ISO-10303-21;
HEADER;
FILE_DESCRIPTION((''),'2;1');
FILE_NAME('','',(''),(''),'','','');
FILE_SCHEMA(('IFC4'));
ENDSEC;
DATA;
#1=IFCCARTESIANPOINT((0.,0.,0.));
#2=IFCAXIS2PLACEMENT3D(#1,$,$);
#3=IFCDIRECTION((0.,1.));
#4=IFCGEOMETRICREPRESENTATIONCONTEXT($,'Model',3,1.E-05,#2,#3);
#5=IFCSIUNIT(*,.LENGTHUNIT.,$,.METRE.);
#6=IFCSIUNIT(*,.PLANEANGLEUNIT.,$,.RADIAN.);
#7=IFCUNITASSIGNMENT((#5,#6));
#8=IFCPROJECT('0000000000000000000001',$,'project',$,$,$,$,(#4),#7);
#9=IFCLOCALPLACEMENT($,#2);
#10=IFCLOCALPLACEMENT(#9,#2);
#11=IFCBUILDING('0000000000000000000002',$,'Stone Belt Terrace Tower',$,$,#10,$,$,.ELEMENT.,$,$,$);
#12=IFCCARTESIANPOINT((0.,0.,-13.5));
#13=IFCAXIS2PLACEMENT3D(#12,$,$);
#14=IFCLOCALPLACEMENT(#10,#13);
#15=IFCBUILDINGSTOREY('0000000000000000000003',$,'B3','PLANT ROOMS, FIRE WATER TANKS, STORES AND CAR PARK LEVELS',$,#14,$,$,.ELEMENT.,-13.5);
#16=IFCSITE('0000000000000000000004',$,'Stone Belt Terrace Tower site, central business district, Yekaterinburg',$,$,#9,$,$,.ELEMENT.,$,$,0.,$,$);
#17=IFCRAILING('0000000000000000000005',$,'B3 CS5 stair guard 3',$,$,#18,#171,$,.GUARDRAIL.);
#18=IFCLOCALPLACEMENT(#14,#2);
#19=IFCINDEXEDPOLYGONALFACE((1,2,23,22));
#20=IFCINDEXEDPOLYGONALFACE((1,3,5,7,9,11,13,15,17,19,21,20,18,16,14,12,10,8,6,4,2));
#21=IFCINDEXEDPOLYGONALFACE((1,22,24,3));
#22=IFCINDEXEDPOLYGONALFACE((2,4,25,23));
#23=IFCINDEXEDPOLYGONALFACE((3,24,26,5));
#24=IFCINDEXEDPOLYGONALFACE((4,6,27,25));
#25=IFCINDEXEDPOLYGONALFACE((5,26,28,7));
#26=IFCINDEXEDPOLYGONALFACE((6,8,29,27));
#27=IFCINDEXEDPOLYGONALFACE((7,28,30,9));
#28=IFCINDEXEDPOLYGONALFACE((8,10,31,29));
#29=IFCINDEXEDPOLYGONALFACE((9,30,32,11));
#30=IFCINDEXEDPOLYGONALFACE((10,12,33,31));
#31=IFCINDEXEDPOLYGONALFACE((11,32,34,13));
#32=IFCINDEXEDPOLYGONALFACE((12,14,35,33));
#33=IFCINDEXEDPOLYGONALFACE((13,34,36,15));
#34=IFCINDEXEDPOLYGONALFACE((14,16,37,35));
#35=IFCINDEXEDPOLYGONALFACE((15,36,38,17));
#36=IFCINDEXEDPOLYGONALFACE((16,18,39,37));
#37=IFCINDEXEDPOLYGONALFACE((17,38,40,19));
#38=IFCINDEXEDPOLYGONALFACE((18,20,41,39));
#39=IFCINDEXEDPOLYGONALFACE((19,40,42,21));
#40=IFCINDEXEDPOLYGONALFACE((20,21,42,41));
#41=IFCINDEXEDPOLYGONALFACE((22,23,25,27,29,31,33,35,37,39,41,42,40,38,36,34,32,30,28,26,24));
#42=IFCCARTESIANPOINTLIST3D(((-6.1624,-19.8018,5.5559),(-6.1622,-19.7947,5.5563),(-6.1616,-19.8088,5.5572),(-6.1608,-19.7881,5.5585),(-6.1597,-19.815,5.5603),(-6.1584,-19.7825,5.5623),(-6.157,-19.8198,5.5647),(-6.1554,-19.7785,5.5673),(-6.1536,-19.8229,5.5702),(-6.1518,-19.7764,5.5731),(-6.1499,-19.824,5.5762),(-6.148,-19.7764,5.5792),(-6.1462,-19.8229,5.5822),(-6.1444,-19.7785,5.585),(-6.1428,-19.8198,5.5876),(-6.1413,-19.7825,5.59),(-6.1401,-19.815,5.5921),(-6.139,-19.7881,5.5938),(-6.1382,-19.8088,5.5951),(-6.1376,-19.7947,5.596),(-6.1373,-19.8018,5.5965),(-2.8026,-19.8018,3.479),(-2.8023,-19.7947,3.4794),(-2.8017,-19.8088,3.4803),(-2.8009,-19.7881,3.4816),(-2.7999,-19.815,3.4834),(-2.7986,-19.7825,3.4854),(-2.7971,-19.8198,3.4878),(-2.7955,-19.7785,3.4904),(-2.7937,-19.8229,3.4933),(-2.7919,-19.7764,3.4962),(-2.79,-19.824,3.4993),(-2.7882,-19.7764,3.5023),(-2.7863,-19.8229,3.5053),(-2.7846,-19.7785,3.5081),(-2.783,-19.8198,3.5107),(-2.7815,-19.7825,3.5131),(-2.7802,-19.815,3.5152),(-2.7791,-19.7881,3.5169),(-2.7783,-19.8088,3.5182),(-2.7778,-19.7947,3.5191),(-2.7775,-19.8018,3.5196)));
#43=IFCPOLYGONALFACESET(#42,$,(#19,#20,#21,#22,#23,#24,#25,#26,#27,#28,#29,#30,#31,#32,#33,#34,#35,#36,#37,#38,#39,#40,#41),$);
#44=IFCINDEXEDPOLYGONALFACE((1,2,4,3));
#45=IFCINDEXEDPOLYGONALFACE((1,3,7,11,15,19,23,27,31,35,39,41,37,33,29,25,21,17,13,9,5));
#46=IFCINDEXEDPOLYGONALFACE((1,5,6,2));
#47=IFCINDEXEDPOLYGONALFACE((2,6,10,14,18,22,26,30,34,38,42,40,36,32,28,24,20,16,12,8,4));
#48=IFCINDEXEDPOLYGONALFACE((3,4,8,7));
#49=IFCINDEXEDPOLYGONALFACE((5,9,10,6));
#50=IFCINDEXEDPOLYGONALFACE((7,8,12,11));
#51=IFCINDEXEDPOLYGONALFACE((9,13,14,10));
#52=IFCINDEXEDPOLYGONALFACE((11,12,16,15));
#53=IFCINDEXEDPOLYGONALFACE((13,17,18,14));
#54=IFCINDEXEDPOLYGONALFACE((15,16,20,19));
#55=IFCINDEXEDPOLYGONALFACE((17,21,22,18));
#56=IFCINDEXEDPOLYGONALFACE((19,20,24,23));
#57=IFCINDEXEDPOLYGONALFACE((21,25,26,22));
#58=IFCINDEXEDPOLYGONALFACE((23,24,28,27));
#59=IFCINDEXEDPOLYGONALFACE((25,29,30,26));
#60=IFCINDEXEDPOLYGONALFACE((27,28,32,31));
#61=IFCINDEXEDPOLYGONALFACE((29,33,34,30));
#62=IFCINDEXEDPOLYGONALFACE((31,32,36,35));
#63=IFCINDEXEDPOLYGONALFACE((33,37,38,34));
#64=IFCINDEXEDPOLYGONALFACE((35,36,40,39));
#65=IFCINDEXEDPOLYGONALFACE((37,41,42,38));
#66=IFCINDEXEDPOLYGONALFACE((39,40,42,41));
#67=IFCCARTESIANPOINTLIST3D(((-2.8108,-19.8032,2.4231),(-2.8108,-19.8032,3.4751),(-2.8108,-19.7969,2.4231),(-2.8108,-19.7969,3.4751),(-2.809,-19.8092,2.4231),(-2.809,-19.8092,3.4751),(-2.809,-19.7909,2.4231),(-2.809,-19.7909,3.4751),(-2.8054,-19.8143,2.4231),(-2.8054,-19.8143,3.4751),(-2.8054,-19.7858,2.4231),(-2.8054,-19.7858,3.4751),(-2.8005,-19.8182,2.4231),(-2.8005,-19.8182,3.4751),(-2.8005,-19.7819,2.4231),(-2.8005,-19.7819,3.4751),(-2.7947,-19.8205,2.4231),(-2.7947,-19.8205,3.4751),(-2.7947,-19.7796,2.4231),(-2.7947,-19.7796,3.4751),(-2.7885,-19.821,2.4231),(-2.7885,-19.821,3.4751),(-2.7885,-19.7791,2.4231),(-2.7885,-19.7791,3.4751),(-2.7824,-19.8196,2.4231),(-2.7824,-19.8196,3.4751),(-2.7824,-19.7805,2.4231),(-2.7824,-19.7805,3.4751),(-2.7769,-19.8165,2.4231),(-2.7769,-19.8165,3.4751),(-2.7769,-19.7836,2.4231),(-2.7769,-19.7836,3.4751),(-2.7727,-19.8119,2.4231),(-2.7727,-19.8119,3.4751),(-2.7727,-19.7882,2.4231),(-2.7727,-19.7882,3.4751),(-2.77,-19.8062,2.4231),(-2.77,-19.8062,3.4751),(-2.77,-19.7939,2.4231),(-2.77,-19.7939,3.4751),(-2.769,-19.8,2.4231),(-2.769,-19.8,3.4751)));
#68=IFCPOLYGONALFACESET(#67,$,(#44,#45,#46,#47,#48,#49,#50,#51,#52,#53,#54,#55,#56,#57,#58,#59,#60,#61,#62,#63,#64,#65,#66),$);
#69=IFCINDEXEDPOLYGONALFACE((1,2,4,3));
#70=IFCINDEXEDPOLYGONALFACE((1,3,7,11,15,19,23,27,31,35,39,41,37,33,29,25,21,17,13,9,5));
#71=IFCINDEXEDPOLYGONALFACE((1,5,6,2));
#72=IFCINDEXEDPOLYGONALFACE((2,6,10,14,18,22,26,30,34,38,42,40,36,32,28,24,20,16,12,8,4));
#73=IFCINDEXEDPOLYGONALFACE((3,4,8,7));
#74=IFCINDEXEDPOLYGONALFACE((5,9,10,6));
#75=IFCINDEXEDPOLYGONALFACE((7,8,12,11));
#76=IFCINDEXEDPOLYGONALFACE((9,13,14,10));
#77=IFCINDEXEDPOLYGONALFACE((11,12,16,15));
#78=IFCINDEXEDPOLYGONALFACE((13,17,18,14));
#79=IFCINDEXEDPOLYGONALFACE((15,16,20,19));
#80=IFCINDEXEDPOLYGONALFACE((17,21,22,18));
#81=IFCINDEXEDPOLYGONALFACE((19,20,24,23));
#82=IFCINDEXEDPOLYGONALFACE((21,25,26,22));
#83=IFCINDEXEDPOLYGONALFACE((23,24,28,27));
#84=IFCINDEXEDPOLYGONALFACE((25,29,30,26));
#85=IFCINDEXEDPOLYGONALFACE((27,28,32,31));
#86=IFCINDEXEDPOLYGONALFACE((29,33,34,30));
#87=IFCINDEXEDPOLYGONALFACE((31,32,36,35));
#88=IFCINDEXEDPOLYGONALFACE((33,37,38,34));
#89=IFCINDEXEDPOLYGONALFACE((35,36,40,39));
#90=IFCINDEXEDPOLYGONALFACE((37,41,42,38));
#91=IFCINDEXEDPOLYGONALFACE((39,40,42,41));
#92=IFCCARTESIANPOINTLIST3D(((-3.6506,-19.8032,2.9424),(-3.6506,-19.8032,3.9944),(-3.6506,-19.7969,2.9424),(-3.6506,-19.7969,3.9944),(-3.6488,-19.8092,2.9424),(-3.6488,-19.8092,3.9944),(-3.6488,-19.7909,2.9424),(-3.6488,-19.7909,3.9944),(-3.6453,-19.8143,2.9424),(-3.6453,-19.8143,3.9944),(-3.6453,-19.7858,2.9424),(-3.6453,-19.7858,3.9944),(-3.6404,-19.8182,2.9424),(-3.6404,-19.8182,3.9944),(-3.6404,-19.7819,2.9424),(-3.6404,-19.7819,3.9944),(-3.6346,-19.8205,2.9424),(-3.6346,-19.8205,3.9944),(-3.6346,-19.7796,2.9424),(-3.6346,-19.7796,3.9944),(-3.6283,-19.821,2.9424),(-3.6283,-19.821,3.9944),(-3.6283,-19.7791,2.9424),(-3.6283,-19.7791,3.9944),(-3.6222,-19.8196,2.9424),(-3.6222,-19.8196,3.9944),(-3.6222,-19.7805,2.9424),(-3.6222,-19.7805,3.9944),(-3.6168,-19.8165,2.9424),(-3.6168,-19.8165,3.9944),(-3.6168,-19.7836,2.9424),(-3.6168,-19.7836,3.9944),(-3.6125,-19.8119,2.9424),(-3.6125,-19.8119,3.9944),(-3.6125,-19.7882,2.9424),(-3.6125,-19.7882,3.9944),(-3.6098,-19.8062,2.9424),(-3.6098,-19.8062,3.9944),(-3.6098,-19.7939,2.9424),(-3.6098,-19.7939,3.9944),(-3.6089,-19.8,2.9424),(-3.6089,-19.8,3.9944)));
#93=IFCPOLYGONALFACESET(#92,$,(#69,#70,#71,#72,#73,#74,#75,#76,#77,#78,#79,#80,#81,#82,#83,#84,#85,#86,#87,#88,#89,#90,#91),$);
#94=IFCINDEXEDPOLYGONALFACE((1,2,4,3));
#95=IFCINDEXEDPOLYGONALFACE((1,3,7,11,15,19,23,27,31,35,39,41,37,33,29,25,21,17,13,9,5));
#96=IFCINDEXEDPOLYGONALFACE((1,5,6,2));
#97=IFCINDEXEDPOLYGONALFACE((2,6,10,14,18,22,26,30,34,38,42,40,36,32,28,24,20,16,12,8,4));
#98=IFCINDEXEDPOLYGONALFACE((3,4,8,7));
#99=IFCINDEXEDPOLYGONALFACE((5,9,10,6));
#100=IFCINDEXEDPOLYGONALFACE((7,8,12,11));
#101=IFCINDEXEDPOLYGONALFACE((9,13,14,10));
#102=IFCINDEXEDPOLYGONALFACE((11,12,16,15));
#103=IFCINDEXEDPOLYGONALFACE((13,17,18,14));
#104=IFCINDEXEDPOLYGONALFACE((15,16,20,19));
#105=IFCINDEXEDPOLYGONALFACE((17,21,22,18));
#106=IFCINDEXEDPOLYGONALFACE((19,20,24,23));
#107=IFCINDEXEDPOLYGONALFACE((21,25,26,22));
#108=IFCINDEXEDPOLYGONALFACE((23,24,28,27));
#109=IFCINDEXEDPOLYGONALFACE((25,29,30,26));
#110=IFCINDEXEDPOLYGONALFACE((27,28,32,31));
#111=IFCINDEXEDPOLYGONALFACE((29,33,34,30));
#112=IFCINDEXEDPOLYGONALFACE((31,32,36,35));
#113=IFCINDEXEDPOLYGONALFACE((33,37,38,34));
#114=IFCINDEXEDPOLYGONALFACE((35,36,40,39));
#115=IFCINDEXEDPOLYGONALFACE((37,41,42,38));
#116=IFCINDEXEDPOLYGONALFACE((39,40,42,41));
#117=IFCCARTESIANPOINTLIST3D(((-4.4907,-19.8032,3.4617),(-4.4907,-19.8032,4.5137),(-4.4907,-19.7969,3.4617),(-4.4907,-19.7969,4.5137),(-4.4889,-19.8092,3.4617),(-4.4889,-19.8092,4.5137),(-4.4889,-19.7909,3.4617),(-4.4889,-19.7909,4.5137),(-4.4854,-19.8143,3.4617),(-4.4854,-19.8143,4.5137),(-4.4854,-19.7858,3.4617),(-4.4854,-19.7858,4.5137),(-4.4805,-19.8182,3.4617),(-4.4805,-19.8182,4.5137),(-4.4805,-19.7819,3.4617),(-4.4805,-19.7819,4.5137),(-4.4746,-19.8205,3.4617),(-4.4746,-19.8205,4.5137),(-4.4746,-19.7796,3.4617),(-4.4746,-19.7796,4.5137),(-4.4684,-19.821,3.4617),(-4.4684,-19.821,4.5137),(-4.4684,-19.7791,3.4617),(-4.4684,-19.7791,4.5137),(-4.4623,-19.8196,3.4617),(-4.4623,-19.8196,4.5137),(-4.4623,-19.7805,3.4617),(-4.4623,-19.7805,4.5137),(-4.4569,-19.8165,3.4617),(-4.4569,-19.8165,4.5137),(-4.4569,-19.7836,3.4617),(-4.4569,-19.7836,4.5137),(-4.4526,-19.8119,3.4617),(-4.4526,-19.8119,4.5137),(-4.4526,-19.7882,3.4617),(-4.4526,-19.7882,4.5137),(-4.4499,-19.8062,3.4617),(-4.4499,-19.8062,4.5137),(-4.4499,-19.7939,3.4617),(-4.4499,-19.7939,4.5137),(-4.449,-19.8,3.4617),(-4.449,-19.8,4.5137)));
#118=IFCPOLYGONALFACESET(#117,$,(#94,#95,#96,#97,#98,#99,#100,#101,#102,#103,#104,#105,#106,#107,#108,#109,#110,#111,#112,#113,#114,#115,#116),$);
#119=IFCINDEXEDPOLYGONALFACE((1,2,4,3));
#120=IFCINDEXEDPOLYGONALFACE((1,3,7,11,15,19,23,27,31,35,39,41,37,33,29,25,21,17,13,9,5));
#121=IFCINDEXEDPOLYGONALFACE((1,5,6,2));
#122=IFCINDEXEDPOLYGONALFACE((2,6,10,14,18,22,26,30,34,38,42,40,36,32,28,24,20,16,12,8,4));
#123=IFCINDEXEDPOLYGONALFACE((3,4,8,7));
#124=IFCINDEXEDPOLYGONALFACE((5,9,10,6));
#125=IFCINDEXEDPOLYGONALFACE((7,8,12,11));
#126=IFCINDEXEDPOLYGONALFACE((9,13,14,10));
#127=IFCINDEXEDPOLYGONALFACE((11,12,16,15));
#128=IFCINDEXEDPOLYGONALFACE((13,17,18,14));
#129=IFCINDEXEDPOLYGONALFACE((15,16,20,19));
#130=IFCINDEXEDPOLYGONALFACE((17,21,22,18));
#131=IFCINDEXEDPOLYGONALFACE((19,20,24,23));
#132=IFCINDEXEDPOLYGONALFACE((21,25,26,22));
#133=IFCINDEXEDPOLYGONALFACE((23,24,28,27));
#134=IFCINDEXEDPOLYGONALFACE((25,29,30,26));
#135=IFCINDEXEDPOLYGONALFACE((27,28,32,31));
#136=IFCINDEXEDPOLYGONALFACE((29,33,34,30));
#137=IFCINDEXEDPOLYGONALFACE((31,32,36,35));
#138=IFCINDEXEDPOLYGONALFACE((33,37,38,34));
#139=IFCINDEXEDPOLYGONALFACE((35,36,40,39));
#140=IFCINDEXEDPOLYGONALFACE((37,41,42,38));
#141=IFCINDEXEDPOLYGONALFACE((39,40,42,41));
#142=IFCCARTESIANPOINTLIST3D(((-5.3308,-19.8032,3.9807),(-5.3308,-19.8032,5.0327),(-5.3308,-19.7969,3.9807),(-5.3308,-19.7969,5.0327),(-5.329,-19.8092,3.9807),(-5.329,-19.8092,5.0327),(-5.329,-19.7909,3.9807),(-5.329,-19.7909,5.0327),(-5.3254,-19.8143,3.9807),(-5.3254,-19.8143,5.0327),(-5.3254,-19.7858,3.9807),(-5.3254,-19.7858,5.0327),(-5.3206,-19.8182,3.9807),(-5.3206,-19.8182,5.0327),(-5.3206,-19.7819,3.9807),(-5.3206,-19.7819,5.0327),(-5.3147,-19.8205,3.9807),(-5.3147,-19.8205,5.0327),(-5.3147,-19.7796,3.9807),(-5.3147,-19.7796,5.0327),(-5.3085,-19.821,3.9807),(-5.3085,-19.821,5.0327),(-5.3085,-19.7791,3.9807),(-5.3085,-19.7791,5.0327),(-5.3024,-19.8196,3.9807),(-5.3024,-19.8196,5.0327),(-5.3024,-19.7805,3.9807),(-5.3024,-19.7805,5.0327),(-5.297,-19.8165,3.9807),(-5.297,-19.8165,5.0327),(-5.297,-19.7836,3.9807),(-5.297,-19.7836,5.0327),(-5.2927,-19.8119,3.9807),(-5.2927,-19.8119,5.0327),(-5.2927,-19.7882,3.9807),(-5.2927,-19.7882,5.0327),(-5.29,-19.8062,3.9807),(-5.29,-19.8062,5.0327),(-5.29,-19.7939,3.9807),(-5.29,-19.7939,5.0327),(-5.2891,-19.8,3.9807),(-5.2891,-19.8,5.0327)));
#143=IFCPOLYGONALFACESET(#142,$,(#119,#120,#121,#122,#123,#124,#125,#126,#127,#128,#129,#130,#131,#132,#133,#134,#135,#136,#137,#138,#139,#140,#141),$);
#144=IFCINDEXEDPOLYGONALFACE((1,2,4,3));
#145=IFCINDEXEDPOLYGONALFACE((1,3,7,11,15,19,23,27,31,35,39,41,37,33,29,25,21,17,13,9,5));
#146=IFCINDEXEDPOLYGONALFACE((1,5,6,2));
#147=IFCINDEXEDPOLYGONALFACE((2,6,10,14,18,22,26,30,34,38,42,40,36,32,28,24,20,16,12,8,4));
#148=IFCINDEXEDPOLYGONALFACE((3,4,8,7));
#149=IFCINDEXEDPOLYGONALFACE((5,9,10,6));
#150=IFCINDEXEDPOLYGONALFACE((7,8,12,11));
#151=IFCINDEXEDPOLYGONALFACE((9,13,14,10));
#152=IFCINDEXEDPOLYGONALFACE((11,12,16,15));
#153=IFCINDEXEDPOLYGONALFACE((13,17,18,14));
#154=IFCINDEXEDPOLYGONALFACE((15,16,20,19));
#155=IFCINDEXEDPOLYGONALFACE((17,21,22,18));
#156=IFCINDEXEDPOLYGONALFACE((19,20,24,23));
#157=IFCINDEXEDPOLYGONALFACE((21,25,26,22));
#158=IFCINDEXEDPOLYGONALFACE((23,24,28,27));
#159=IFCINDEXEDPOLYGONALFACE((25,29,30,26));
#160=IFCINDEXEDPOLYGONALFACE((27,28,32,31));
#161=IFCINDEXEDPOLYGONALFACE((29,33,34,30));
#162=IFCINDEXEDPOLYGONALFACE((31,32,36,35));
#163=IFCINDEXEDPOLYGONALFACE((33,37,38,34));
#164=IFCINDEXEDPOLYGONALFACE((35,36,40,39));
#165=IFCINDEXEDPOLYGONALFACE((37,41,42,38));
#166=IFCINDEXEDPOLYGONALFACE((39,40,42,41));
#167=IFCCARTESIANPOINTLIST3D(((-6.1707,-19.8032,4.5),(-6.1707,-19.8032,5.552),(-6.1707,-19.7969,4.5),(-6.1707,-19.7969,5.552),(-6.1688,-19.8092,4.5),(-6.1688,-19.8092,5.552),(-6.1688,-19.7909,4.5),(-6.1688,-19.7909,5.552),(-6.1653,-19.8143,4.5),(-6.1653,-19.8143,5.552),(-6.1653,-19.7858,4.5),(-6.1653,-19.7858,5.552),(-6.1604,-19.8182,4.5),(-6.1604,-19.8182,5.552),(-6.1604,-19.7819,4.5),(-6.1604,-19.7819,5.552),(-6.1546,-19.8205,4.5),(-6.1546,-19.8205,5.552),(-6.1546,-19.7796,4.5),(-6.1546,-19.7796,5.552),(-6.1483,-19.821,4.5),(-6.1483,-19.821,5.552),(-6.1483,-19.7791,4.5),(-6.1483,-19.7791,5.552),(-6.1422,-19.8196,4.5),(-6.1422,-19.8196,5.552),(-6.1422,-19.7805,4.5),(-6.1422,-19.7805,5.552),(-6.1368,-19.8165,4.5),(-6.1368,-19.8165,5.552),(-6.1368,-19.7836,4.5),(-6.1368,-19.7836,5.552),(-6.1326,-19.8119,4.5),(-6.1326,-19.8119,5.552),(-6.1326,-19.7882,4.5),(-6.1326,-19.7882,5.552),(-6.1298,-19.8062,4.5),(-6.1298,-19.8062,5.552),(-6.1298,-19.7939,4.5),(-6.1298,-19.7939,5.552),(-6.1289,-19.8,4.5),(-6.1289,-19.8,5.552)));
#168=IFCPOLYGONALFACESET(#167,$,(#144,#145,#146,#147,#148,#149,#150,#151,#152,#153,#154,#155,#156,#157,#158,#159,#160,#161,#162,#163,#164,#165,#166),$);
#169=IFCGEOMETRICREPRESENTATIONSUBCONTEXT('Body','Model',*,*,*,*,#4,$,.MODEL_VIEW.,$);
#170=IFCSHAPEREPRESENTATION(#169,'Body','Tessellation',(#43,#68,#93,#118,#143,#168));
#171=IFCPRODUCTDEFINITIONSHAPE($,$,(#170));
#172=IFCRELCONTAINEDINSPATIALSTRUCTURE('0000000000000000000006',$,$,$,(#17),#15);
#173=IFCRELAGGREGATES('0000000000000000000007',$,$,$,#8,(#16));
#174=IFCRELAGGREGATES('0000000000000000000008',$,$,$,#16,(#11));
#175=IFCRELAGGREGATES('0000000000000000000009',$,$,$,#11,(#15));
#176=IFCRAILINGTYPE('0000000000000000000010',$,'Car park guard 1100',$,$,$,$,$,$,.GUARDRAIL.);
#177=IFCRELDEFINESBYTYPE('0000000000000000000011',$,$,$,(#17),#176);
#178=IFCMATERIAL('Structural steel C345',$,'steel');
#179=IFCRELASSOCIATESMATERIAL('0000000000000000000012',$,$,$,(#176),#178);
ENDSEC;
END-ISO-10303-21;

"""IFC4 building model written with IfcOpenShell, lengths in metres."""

from ifc_helpers import new_model, si_unit, direction, frame, origin, origin_2d, place, context, subcontext, project, spatial, circle, extrude, material, type_object, element, save


model = new_model("IFC4")

# Units and contexts
model_context = context("Model", 3, precision=1e-05, world=origin(), true_north=direction((0.0, 1.0)))
body_context = subcontext(model_context, "Body", "Model", "MODEL_VIEW")
ifc_project = project(units=[si_unit("LENGTHUNIT", "METRE"), si_unit("PLANEANGLEUNIT", "RADIAN")], contexts=[model_context])

# Site, building, storey
site_placement = place(None, origin())
site = spatial("IfcSite", under=ifc_project, at=site_placement, Name="Stone Belt Terrace Tower site, central business district, Yekaterinburg", CompositionType="ELEMENT", RefElevation=0.0)
building_placement = place(site_placement, origin())
building = spatial("IfcBuilding", under=site, at=building_placement, Name="Stone Belt Terrace Tower", CompositionType="ELEMENT")
storey_placement = place(building_placement, frame((0.0, 0.0, -13.5)))
storey = spatial("IfcBuildingStorey", under=building, at=storey_placement, Name="B3", Description="PLANT ROOMS, FIRE WATER TANKS, STORES AND CAR PARK LEVELS", CompositionType="ELEMENT", Elevation=-13.5)

# Railing
ifc_material_1 = material(Name="Structural steel C345", Category="steel")
railing_type_1 = type_object("IfcRailingType", Name="Car park guard 1100", PredefinedType="GUARDRAIL", material=ifc_material_1)
railing_1_placement = place(storey_placement, frame((-2.79, -19.8, 2.4231)))
element("IfcRailing", 1, at=railing_1_placement, inside=storey, type_object=railing_type_1, Name="B3 CS5 stair guard 3", PredefinedType="GUARDRAIL", context=body_context, shape_type="SweptSolid", body=[
    extrude(circle(Radius=0.0239, at=origin_2d()), frame((0.0, 0.0, 1.0762), z_axis=(-0.850606, 0.0, 0.525803), x_axis=(0.0, -1.0, 0.0)), (0.0, 0.0, 1.0), 3.95),
    extrude(circle(Radius=0.021, at=origin_2d()), origin(), (0.0, 0.0, 1.0), 1.052),
    extrude(circle(Radius=0.021, at=origin_2d()), frame((-0.8398, 0.0, 0.5193)), (0.0, 0.0, 1.0), 1.052),
    extrude(circle(Radius=0.021, at=origin_2d()), frame((-1.6799, 0.0, 1.0386)), (0.0, 0.0, 1.0), 1.052),
    extrude(circle(Radius=0.021, at=origin_2d()), frame((-2.52, 0.0, 1.5576)), (0.0, 0.0, 1.0), 1.052),
    extrude(circle(Radius=0.021, at=origin_2d()), frame((-3.3599, 0.0, 2.0769)), (0.0, 0.0, 1.0), 1.052),
])

save(model, "model.ifc")
